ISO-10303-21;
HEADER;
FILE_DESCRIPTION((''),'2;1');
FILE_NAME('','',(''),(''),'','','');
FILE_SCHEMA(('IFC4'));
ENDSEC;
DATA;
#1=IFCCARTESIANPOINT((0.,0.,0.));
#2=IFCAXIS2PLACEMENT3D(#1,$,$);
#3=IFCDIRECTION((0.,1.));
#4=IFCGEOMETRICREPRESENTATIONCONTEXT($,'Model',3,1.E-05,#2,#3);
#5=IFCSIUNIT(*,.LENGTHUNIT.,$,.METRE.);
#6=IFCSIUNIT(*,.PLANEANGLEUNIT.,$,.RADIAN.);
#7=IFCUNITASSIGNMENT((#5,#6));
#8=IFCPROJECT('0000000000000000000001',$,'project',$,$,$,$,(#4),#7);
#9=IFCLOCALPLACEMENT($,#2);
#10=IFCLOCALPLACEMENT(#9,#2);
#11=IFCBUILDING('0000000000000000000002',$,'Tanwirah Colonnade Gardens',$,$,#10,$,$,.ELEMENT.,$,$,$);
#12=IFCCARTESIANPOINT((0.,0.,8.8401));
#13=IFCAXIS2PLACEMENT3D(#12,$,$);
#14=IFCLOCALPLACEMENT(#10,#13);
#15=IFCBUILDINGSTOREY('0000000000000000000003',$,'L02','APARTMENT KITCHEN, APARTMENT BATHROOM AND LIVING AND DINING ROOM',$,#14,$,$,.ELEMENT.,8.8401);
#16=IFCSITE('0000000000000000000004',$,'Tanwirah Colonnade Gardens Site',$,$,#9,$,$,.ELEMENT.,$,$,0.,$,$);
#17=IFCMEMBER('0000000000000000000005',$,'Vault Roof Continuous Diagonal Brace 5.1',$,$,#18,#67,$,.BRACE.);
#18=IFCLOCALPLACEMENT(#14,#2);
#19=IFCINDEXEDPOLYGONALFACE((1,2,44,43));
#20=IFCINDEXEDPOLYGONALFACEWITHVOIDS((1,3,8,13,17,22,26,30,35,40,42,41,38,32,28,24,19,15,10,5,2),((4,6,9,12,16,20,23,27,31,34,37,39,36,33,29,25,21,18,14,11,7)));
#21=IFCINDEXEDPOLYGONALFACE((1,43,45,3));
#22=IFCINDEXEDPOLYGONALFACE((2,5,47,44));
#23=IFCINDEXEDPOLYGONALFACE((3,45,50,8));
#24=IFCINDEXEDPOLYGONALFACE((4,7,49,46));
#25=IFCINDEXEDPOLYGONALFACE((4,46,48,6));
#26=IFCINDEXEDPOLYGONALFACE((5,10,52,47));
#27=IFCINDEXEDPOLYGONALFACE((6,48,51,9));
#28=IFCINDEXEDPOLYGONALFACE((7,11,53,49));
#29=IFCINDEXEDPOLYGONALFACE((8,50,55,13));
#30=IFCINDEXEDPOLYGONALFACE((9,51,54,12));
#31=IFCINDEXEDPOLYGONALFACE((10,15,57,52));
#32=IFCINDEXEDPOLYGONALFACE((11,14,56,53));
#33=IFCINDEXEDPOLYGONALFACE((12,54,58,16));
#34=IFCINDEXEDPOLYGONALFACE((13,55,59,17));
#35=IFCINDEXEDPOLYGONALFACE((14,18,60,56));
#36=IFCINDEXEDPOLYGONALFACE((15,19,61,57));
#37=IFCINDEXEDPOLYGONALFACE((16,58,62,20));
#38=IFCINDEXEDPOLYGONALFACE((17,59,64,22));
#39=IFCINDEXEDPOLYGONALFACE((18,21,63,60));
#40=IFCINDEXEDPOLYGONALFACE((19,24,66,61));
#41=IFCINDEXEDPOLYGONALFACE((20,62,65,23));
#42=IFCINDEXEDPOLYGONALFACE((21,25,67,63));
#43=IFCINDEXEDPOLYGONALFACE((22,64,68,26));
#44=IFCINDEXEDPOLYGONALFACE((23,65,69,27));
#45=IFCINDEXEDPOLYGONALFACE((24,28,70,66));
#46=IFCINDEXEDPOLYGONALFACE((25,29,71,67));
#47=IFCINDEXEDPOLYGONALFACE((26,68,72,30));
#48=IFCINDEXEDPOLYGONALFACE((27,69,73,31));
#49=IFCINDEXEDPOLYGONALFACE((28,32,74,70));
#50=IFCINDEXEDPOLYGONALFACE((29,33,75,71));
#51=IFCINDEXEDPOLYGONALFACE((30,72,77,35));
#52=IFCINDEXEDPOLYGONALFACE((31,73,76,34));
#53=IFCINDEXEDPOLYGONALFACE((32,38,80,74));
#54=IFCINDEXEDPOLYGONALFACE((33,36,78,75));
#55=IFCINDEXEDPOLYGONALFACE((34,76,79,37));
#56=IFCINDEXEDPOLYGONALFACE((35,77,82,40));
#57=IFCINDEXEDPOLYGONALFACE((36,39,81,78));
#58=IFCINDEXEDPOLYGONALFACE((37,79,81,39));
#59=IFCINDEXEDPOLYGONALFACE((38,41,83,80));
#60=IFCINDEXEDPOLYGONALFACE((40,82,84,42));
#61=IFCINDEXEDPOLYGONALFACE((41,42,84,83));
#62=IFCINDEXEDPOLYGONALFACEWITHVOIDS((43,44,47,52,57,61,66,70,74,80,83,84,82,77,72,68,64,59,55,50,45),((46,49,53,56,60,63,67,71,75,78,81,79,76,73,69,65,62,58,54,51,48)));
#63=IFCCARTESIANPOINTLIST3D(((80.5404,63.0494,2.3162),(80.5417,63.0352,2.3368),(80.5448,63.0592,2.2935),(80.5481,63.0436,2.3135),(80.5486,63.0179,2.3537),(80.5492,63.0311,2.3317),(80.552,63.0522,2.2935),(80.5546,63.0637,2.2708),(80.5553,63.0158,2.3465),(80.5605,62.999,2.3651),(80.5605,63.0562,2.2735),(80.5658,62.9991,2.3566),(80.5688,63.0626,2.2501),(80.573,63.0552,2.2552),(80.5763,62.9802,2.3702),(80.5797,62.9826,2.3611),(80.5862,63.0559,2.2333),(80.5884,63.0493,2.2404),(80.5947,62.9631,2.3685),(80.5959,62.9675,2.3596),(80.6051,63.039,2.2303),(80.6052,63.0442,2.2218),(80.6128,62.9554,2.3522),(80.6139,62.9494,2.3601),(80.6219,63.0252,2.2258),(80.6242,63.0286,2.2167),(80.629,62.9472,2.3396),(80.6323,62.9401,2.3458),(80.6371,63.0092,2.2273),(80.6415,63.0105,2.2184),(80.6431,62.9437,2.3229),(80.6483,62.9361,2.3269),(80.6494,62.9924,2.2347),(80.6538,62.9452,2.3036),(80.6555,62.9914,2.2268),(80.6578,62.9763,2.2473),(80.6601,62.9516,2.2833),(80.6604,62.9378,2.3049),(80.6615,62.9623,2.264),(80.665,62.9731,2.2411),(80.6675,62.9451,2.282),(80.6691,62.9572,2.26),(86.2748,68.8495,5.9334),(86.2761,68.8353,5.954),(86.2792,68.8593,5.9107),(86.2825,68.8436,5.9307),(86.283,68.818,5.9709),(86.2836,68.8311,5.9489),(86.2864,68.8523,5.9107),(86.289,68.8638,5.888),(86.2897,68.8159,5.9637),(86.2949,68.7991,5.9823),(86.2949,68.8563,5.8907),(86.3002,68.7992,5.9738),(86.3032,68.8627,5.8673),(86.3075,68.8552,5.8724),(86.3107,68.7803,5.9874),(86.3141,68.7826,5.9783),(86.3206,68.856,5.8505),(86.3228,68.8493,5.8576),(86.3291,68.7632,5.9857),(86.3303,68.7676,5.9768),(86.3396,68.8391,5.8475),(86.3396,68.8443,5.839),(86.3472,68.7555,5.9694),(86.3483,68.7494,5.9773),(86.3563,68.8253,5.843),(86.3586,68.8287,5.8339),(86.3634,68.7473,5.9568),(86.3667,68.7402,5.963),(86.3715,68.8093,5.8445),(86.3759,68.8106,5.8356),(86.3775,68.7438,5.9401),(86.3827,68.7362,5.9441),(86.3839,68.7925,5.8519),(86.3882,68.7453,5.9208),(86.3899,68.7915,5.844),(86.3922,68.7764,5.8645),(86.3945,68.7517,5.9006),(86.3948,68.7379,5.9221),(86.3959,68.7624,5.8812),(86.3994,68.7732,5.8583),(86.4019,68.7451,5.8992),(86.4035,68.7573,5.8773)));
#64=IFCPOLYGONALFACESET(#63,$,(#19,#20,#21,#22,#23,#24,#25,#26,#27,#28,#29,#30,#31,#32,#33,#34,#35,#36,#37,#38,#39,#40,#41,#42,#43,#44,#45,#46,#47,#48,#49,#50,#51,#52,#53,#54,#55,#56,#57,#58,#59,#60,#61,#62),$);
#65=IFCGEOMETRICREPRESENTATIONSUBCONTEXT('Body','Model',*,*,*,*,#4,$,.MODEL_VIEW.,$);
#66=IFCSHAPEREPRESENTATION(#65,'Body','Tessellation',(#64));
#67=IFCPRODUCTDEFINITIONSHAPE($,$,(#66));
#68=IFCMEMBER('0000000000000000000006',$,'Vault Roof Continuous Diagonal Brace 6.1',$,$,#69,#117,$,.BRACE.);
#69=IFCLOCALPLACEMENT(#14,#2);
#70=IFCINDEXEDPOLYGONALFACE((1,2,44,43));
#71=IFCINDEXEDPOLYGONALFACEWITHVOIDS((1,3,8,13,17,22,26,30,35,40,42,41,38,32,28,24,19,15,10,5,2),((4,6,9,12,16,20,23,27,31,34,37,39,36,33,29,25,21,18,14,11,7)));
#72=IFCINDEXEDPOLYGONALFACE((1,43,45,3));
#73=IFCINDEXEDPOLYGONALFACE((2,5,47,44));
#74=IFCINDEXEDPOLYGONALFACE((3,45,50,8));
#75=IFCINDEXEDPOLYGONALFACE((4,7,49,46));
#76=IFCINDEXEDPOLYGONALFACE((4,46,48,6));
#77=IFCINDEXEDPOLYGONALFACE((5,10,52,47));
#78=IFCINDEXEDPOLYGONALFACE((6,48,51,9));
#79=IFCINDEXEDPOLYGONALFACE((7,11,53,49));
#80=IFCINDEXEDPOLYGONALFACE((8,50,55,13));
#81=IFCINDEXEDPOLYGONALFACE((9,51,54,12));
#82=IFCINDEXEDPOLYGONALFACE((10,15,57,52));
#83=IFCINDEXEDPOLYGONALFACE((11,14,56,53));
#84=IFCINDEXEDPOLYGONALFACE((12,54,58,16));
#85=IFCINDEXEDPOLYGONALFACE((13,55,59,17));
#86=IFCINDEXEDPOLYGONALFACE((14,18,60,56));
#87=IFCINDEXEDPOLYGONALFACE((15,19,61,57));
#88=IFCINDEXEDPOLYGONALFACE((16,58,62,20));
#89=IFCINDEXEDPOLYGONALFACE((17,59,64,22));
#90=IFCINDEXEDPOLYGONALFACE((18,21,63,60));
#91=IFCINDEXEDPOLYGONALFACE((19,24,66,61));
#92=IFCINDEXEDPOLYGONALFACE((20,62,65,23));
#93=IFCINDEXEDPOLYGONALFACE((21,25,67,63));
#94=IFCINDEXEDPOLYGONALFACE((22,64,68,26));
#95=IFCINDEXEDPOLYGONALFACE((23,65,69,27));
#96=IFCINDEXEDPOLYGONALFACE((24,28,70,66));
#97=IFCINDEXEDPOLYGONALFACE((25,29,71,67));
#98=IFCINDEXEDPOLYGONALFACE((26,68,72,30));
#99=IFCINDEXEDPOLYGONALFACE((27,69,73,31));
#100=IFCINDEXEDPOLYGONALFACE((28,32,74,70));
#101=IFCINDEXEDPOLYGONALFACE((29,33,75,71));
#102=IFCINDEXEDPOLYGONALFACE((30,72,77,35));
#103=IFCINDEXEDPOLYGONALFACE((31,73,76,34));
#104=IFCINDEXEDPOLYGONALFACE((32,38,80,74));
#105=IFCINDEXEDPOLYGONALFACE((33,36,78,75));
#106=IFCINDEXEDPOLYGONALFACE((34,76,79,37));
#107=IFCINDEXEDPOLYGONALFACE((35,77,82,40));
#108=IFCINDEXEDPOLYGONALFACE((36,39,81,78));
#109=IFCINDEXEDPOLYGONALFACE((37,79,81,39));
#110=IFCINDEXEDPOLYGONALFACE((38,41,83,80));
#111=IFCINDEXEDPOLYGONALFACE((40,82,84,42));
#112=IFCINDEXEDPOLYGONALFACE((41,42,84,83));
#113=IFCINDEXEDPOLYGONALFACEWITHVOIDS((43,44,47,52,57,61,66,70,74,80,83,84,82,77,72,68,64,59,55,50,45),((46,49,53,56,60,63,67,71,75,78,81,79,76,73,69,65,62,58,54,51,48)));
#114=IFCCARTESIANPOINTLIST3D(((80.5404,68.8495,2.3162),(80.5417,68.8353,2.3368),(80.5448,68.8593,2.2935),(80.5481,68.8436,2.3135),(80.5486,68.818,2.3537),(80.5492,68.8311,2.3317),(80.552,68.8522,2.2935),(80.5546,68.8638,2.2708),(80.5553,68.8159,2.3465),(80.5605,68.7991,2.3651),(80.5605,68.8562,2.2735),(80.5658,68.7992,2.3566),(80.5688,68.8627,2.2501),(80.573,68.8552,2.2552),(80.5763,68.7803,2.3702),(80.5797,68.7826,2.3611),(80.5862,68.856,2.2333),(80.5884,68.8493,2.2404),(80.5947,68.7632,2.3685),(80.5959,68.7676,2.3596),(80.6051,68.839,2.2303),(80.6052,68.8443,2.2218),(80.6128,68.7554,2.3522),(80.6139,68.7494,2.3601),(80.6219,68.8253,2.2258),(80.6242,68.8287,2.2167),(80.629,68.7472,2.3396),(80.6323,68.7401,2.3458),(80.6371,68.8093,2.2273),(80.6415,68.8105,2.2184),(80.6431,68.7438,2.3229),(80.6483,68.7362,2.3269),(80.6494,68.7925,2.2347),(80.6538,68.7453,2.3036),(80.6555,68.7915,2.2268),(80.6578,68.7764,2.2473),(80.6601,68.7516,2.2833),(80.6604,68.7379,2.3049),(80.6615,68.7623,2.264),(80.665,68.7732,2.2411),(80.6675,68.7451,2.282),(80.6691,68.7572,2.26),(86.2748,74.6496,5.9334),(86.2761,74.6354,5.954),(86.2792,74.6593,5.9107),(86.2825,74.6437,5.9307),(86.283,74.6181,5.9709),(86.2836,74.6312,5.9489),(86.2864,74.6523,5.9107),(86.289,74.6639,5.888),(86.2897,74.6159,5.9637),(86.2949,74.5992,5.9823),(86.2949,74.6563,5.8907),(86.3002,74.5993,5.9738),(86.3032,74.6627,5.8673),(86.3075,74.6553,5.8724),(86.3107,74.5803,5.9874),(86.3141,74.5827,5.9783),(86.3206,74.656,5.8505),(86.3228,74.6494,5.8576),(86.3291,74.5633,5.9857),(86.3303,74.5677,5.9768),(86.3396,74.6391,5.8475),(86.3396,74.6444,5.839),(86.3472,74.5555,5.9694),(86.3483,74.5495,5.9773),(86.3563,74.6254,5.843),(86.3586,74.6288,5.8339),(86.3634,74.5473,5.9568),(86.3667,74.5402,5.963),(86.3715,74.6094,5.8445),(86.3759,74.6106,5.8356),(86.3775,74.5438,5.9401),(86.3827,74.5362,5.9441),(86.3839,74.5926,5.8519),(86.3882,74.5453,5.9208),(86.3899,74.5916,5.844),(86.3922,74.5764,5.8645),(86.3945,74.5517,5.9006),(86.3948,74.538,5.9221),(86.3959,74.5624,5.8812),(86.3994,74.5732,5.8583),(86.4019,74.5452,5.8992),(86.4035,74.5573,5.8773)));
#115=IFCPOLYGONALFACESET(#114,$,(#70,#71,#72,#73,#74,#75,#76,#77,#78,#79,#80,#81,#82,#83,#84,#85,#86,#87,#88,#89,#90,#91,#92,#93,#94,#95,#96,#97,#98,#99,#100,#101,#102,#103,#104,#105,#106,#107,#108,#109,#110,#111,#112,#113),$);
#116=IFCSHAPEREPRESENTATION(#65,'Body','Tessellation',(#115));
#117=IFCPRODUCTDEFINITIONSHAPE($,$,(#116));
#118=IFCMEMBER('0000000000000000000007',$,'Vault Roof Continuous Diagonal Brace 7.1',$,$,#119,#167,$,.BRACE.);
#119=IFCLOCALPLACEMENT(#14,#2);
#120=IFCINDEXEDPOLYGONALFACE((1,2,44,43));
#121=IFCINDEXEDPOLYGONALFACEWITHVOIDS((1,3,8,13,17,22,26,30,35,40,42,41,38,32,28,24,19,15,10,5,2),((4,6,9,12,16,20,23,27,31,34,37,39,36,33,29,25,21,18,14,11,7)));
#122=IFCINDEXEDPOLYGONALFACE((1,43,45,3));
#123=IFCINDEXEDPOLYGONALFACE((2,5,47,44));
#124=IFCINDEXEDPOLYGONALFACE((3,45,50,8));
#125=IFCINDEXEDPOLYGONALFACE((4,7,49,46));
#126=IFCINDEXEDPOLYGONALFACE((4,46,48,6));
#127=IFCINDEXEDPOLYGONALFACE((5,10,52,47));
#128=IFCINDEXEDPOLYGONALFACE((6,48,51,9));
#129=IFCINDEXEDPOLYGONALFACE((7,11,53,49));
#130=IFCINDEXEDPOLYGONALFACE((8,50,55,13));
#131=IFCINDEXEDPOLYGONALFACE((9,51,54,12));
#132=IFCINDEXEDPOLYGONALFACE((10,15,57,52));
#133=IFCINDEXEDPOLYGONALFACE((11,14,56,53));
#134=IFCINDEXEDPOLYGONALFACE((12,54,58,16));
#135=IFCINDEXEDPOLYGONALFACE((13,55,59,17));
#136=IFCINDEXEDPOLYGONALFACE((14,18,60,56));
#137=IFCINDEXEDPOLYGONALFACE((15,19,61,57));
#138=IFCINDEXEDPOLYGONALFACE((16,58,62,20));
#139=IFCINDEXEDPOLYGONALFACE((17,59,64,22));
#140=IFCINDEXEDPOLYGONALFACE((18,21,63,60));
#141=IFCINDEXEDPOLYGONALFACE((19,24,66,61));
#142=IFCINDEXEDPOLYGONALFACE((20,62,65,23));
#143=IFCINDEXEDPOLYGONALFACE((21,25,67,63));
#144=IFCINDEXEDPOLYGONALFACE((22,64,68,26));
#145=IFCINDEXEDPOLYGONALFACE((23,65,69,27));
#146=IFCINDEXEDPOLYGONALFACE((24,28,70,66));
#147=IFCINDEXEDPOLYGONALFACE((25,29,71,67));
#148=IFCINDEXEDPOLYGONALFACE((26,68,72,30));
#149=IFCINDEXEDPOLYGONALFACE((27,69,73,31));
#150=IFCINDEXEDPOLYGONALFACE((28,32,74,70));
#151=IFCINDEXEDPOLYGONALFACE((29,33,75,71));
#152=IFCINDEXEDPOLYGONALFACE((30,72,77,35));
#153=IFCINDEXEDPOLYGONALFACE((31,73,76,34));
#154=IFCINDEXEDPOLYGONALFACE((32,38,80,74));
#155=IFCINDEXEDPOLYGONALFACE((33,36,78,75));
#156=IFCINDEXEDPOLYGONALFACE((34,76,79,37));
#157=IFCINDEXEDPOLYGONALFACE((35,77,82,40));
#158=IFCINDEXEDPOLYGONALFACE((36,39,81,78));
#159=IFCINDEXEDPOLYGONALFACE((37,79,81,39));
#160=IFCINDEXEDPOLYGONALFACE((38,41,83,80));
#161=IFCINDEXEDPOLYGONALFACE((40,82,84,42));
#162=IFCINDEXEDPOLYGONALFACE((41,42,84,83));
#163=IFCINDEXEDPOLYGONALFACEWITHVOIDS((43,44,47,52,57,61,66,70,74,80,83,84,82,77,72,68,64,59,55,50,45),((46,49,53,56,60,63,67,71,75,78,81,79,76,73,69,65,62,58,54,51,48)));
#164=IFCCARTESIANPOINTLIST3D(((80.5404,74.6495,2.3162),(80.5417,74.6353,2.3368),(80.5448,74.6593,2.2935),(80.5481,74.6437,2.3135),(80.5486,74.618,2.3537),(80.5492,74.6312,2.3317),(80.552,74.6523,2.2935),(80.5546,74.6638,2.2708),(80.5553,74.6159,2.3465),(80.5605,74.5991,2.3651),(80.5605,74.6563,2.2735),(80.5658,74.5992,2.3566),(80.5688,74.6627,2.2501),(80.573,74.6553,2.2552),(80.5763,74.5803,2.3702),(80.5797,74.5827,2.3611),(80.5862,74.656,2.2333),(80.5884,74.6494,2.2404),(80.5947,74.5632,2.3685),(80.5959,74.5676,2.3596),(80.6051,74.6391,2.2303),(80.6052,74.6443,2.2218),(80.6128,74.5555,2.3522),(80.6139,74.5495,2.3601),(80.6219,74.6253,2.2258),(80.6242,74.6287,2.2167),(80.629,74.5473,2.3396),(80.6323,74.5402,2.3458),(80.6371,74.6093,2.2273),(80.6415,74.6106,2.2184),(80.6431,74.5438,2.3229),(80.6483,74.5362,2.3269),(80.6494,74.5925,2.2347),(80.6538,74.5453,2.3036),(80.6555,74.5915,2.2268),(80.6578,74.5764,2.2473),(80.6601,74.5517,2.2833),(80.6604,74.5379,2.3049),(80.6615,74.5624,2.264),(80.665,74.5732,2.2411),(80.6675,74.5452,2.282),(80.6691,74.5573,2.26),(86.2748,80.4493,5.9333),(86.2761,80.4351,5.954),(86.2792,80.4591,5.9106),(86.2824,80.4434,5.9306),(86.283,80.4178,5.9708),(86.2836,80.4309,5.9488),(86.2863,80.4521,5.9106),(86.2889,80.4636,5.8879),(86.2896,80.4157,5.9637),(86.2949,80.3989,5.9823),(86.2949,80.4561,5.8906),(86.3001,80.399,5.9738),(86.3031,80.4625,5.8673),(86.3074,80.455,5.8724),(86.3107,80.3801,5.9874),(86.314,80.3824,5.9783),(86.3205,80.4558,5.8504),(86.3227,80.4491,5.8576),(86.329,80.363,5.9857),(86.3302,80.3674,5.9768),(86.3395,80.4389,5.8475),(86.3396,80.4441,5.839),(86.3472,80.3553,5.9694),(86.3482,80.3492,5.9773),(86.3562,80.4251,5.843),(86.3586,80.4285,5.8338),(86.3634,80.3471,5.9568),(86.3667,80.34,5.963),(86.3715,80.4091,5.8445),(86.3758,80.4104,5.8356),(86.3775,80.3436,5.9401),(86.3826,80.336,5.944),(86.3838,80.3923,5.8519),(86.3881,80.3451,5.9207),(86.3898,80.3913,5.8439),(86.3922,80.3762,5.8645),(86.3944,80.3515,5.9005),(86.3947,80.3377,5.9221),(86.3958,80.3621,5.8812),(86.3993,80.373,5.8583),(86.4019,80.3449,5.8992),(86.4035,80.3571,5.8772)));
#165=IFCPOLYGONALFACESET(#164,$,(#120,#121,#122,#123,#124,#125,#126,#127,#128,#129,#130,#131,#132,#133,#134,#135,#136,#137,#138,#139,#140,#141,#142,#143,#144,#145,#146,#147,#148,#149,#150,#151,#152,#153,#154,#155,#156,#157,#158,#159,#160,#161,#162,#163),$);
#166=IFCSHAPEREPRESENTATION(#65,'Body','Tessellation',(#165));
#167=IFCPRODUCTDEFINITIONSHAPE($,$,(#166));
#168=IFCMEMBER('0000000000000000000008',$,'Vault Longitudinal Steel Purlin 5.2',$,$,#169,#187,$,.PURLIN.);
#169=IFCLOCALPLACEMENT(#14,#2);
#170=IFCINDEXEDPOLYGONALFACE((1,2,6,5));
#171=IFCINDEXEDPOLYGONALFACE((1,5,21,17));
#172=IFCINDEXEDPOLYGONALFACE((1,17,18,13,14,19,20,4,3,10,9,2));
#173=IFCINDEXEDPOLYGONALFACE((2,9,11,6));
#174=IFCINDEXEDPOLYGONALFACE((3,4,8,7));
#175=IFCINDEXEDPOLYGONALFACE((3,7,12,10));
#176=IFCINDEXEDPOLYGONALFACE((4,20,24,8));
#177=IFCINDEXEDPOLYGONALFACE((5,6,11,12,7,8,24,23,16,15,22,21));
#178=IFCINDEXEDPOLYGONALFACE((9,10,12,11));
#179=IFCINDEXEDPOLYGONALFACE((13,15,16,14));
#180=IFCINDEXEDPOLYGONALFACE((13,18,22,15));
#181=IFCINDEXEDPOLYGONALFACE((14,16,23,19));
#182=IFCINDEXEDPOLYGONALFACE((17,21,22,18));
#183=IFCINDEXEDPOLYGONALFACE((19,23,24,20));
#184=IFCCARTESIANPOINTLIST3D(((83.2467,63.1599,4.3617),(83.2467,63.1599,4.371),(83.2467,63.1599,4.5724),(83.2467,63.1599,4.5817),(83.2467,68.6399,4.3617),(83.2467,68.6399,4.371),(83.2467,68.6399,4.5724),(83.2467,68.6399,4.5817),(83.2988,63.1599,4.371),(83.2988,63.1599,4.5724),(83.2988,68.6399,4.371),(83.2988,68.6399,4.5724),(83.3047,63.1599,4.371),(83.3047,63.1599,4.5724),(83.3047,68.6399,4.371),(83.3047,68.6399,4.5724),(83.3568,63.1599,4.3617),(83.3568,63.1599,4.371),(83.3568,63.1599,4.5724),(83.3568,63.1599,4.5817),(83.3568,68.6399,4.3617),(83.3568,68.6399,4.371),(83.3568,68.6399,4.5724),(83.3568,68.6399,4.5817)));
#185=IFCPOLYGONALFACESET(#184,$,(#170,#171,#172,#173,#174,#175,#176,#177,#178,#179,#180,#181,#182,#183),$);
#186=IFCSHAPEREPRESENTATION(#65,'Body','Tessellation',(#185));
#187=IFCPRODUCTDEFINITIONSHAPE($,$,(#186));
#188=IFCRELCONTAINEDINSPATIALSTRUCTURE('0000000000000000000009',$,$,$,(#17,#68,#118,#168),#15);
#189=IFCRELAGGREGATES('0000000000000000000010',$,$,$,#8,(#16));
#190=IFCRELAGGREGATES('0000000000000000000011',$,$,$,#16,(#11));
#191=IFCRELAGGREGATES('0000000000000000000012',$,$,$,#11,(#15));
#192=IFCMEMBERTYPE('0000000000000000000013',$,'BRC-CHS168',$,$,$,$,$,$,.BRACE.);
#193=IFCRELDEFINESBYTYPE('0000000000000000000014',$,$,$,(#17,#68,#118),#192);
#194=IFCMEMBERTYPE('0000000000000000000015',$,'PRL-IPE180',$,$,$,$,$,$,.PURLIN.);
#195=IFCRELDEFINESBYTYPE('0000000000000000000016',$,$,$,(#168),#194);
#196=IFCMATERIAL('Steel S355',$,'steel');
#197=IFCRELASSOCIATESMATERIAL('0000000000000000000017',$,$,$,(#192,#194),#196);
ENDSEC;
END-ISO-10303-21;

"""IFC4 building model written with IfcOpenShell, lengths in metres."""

from ifc_helpers import new_model, si_unit, direction, frame, origin, origin_2d, place, context, subcontext, project, spatial, hollow_circle, i_section, extrude, material, material_profile, profile_set, type_object, element, save


model = new_model("IFC4")

# Units and contexts
model_context = context("Model", 3, precision=1e-05, world=origin(), true_north=direction((0.0, 1.0)))
body_context = subcontext(model_context, "Body", "Model", "MODEL_VIEW")
ifc_project = project(units=[si_unit("LENGTHUNIT", "METRE"), si_unit("PLANEANGLEUNIT", "RADIAN")], contexts=[model_context])

# Site, building, storey
site_placement = place(None, origin())
site = spatial("IfcSite", under=ifc_project, at=site_placement, Name="Tanwirah Colonnade Gardens Site", CompositionType="ELEMENT", RefElevation=0.0)
building_placement = place(site_placement, origin())
building = spatial("IfcBuilding", under=site, at=building_placement, Name="Tanwirah Colonnade Gardens", CompositionType="ELEMENT")
storey_placement = place(building_placement, frame((0.0, 0.0, 8.8401)))
storey = spatial("IfcBuildingStorey", under=building, at=storey_placement, Name="L02", Description="APARTMENT KITCHEN, APARTMENT BATHROOM AND LIVING AND DINING ROOM", CompositionType="ELEMENT", Elevation=8.8401)

# Members
ifc_material_1 = material(Name="Steel S355", Category="steel")
ifc_material_profile_1 = material_profile(ifc_material_1, hollow_circle(Radius=0.0842, WallThickness=0.01, at=origin_2d()), Name="CHS 168.3x10")
ifc_profile_set_1 = profile_set([ifc_material_profile_1], Name="Steel S355")
member_type_1 = type_object("IfcMemberType", Name="BRC-CHS168", PredefinedType="BRACE", material=ifc_profile_set_1)
for number, where, z_axis, x_axis, name in (
    (1, (80.6047, 63.0, 2.2935), (0.642701, 0.650061, 0.405409), (-0.711121, 0.703069, 0.0), "Vault Roof Continuous Diagonal Brace 5.1"),
    (2, (80.6047, 68.8, 2.2935), (0.642701, 0.650061, 0.405409), (-0.711121, 0.703069, 0.0), "Vault Roof Continuous Diagonal Brace 6.1"),
):
    element("IfcMember", number, at=place(storey_placement, frame(where, z_axis=z_axis, x_axis=x_axis)), inside=storey, type_object=member_type_1, Name=name, PredefinedType="BRACE", context=body_context, shape_type="SweptSolid", body=[
        extrude(hollow_circle(Radius=0.0842, WallThickness=0.01, at=origin_2d()), origin(), (0.0, 0.0, 1.0), 8.9224),
    ])
member_1_placement = place(storey_placement, frame((80.6047, 74.6001, 2.2935), z_axis=(0.642712, 0.650045, 0.405416), x_axis=(-0.711107, 0.703084, 0.0)))
element("IfcMember", 3, at=member_1_placement, inside=storey, type_object=member_type_1, Name="Vault Roof Continuous Diagonal Brace 7.1", PredefinedType="BRACE", context=body_context, shape_type="SweptSolid", body=[
    extrude(hollow_circle(Radius=0.0842, WallThickness=0.01, at=origin_2d()), origin(), (0.0, 0.0, 1.0), 8.9221),
])
ifc_material_profile_2 = material_profile(ifc_material_1, i_section(OverallWidth=0.1101, OverallDepth=0.22, WebThickness=0.0059, FlangeThickness=0.0093, at=origin_2d()), Name="IPE 220")
ifc_profile_set_2 = profile_set([ifc_material_profile_2], Name="Steel S355")
member_type_2 = type_object("IfcMemberType", Name="PRL-IPE180", PredefinedType="PURLIN", material=ifc_profile_set_2)
member_2_placement = place(storey_placement, frame((83.3018, 63.1599, 4.4717), z_axis=(0.0, 1.0, 0.0), x_axis=(-1.0, 0.0, 0.0)))
element("IfcMember", 4, at=member_2_placement, inside=storey, type_object=member_type_2, Name="Vault Longitudinal Steel Purlin 5.2", PredefinedType="PURLIN", context=body_context, shape_type="SweptSolid", body=[
    extrude(i_section(OverallWidth=0.1101, OverallDepth=0.22, WebThickness=0.0059, FlangeThickness=0.0093, at=origin_2d()), origin(), (0.0, 0.0, 1.0), 5.48),
])

save(model, "model.ifc")
